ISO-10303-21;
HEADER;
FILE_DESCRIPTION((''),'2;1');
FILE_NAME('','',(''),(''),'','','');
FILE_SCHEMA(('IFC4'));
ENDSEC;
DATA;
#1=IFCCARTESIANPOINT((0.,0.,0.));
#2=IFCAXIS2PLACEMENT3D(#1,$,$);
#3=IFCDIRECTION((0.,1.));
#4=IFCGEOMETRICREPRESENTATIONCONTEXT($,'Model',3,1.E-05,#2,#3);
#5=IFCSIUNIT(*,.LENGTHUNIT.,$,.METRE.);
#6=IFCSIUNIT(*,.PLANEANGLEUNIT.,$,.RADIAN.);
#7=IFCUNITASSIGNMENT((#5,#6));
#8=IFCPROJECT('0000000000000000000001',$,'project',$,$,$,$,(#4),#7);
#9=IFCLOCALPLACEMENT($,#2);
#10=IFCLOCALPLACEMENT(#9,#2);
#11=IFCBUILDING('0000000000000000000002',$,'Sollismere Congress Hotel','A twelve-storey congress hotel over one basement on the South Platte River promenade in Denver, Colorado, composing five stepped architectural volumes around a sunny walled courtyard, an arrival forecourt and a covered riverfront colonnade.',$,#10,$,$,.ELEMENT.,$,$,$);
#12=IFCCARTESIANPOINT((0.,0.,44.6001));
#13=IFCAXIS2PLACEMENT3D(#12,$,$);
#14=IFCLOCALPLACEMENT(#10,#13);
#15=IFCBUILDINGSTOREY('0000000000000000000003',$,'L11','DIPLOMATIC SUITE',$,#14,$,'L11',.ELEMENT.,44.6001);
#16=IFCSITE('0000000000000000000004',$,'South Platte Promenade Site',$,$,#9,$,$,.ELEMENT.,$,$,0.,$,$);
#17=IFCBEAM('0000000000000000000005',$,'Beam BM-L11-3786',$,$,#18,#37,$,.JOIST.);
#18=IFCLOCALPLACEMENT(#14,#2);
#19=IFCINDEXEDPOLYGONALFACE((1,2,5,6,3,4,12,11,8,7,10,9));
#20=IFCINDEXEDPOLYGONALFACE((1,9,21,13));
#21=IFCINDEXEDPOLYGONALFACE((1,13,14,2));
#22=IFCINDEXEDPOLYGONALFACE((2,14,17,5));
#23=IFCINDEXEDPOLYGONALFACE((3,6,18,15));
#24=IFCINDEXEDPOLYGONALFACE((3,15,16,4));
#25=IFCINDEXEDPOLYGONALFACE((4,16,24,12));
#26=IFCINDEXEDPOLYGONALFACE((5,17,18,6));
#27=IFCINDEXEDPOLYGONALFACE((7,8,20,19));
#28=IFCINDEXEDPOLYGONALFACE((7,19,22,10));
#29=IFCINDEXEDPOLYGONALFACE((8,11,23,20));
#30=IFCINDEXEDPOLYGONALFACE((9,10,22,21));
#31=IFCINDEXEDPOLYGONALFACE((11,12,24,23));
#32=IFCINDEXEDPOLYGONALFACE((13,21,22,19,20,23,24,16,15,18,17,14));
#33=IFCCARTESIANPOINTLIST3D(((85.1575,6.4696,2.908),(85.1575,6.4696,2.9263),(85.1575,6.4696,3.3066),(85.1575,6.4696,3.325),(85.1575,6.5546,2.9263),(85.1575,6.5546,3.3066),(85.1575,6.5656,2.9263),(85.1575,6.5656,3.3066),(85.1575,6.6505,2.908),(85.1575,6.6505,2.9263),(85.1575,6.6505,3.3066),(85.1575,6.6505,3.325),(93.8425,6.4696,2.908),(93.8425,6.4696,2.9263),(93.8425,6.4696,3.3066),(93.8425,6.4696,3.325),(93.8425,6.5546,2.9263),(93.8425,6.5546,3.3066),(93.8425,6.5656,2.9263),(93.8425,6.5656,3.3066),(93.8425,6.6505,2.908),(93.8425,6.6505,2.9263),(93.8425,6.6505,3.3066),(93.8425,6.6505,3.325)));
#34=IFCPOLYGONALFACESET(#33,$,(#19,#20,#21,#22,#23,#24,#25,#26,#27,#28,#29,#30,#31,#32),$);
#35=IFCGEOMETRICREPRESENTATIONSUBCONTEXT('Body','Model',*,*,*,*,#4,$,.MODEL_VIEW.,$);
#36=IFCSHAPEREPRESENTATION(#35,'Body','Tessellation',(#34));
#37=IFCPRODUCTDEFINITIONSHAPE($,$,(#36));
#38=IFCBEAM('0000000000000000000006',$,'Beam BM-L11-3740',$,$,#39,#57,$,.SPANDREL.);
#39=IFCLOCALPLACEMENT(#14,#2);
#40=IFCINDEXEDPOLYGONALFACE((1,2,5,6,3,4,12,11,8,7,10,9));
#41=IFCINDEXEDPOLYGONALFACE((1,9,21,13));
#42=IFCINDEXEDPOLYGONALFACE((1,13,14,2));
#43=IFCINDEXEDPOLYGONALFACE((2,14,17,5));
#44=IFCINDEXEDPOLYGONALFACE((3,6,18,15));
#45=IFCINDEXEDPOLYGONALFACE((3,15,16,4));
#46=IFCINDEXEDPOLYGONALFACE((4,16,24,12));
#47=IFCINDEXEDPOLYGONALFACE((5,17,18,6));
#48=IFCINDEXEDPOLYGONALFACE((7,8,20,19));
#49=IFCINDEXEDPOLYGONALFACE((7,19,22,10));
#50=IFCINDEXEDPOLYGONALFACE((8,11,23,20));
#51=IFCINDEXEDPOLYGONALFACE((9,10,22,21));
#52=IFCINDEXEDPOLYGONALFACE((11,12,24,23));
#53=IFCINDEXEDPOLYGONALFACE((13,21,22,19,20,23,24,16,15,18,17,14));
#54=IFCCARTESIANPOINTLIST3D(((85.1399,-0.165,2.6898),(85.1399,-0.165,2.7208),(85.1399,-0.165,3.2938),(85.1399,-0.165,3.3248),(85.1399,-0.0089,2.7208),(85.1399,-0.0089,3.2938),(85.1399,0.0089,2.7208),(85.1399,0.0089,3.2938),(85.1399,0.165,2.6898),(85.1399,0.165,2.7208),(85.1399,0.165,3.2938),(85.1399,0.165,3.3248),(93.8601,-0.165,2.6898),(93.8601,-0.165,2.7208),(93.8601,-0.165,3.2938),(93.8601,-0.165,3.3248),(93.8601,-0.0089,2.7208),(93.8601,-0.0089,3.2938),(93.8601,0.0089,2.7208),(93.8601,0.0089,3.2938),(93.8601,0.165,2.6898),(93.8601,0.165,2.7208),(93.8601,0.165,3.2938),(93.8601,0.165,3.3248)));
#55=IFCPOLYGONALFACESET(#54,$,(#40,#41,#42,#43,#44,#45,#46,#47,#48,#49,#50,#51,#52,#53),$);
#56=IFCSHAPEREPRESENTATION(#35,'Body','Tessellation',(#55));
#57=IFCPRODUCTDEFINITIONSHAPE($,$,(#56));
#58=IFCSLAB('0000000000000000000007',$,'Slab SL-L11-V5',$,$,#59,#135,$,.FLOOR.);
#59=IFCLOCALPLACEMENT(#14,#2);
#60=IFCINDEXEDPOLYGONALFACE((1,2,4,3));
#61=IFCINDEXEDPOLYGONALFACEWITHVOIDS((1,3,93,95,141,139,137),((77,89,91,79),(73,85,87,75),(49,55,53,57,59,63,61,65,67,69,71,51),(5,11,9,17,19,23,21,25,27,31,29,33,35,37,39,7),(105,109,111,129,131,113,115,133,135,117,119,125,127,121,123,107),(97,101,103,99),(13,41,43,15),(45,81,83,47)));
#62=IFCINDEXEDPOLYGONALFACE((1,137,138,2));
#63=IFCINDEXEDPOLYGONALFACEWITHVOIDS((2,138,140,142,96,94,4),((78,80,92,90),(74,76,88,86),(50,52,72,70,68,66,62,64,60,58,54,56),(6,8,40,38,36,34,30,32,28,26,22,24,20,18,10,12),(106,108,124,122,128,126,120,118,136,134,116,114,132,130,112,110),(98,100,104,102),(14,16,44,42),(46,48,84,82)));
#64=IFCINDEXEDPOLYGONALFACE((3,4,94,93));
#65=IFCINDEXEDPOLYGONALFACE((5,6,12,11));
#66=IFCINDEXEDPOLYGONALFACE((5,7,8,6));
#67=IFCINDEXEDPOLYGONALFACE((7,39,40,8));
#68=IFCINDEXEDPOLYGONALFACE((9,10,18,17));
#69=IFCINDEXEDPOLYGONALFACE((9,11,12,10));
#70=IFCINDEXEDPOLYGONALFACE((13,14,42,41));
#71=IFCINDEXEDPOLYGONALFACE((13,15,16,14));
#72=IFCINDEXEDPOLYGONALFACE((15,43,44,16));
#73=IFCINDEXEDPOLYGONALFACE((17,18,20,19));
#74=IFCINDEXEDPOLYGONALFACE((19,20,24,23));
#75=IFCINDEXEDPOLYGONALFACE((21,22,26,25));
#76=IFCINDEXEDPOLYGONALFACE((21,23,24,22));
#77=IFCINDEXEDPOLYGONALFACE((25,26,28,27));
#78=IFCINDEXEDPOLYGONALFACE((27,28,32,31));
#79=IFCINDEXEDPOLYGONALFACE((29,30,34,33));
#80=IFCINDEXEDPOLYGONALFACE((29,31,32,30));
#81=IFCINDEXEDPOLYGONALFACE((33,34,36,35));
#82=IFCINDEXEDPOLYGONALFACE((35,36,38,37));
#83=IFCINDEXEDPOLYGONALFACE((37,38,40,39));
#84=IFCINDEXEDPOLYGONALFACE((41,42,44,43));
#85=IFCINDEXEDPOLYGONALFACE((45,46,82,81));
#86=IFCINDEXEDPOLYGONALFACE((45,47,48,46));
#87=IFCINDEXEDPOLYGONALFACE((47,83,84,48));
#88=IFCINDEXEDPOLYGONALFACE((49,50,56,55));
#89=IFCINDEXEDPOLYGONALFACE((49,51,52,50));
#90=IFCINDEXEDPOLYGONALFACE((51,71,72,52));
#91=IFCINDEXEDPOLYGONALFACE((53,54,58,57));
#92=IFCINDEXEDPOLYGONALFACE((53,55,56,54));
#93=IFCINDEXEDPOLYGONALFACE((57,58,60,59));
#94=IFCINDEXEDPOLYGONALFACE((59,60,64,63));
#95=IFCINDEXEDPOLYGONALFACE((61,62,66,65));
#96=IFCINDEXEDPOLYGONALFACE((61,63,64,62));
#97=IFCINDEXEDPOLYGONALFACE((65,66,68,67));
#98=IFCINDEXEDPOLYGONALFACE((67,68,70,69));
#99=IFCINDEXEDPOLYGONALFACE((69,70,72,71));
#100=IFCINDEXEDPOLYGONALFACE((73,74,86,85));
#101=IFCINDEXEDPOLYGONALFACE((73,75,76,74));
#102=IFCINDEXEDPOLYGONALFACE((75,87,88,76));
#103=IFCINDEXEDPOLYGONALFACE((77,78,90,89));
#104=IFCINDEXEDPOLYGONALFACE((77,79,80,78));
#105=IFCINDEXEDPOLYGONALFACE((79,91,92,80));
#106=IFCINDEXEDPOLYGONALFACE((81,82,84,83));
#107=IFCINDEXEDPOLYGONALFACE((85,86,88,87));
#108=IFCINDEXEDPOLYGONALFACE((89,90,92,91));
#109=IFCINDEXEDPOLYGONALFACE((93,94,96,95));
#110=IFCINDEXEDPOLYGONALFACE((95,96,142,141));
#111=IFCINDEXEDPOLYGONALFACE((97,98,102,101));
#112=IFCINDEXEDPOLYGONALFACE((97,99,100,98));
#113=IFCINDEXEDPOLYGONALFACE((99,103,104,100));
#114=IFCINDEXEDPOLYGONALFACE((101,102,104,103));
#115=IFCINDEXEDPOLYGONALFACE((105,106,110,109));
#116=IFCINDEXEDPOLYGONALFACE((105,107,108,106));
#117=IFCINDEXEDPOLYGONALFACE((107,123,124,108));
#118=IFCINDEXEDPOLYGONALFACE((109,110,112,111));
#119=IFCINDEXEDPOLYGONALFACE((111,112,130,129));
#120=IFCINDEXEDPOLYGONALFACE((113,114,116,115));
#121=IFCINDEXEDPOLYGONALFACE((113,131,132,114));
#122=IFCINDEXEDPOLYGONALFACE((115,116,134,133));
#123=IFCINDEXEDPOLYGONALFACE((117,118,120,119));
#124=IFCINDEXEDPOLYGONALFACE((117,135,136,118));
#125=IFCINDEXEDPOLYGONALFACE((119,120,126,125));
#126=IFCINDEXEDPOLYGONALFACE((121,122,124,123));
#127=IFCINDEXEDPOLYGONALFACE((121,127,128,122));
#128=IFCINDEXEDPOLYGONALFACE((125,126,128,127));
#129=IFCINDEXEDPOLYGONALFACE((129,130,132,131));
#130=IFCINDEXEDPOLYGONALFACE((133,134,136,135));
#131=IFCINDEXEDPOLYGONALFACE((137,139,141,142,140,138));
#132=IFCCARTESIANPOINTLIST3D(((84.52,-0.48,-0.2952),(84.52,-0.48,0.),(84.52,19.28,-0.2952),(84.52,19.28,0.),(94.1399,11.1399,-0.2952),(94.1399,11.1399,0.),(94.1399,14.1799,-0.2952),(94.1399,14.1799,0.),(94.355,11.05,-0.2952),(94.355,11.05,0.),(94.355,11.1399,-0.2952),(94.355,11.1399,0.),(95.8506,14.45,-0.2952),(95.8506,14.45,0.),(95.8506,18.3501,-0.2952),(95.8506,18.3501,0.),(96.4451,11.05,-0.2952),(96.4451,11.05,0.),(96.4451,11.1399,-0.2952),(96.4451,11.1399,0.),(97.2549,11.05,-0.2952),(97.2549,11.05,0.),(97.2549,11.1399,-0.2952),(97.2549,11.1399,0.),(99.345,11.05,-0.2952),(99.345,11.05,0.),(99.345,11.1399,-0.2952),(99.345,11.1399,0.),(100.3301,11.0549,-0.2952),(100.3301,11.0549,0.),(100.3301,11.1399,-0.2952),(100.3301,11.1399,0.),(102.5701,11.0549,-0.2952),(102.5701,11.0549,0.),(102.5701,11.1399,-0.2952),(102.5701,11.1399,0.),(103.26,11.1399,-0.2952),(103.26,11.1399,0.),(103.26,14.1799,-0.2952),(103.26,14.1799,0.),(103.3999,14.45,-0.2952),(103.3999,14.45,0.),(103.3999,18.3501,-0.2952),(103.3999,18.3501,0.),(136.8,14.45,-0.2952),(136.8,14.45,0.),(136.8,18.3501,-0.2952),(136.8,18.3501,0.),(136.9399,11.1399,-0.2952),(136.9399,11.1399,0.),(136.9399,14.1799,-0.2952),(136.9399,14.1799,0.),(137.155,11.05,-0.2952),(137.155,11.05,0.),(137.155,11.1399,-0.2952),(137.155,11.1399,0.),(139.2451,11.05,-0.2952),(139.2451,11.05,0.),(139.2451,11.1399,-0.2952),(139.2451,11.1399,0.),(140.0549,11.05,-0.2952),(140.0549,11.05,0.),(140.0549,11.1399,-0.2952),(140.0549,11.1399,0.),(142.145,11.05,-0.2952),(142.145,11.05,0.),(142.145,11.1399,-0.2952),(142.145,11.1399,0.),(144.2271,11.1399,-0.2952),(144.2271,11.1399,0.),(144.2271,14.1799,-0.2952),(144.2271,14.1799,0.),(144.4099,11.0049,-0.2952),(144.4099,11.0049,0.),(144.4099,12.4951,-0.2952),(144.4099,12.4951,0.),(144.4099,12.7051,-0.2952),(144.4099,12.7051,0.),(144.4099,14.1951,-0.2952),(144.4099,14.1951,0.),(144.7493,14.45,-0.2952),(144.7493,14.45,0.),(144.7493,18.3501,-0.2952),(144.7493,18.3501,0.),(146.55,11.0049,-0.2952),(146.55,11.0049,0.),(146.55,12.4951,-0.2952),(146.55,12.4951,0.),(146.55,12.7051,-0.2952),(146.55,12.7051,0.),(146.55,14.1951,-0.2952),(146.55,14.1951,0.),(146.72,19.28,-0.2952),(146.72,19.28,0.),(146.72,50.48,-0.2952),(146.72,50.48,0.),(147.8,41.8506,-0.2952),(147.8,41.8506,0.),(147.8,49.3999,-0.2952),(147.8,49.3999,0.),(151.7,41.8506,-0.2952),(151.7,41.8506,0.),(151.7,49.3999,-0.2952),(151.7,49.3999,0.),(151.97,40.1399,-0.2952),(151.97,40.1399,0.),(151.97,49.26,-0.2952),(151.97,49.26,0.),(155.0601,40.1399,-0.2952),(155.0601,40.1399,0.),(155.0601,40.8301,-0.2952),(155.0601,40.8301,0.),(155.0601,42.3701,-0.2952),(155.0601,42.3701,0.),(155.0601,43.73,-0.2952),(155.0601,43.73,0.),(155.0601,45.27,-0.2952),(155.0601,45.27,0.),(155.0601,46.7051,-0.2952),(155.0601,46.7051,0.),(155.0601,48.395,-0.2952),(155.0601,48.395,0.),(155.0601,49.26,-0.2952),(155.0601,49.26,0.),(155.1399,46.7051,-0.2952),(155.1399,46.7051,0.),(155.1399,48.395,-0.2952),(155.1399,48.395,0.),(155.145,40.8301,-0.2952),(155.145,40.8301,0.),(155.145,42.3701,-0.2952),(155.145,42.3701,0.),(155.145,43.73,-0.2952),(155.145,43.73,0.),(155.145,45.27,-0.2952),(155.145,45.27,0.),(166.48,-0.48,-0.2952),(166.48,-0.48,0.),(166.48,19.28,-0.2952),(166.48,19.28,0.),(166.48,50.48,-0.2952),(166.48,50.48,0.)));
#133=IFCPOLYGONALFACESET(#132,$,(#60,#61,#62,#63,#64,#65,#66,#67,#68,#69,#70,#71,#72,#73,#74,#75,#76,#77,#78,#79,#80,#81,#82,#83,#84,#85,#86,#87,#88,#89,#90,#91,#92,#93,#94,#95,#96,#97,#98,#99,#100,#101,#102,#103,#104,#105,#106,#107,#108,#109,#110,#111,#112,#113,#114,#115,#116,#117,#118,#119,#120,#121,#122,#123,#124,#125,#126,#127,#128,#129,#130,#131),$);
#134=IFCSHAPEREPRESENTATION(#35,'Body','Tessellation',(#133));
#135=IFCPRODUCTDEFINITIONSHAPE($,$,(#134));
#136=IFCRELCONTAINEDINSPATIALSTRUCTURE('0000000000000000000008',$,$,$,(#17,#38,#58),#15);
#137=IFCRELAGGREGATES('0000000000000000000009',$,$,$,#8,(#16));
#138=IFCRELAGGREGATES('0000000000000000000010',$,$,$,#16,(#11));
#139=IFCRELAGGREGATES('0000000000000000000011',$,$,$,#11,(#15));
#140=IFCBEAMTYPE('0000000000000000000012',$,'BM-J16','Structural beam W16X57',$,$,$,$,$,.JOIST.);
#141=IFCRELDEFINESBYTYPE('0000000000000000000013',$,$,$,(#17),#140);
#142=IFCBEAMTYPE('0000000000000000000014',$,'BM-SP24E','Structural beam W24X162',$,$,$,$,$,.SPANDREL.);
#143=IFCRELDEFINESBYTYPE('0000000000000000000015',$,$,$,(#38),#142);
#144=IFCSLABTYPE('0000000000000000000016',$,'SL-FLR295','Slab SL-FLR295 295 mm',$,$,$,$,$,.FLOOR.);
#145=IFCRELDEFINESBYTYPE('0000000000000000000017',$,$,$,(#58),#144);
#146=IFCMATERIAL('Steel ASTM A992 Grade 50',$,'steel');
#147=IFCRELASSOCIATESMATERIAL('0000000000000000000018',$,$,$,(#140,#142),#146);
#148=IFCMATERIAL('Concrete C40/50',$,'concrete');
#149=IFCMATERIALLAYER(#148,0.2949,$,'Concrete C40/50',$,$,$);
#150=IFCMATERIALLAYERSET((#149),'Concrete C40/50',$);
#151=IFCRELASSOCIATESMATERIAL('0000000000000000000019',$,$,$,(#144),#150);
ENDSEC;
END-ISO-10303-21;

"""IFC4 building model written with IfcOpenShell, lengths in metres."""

from ifc_helpers import new_model, si_unit, direction, frame, origin, origin_2d, place, context, subcontext, project, spatial, polyline, i_section, outline, extrude, material, layer, layer_set, material_profile, profile_set, type_object, element, save


model = new_model("IFC4")

# Units and contexts
model_context = context("Model", 3, precision=1e-05, world=origin(), true_north=direction((0.0, 1.0)))
body_context = subcontext(model_context, "Body", "Model", "MODEL_VIEW")
ifc_project = project(units=[si_unit("LENGTHUNIT", "METRE"), si_unit("PLANEANGLEUNIT", "RADIAN")], contexts=[model_context])

# Site, building, storey
site_placement = place(None, origin())
site = spatial("IfcSite", under=ifc_project, at=site_placement, Name="South Platte Promenade Site", CompositionType="ELEMENT", RefElevation=0.0)
building_placement = place(site_placement, origin())
building = spatial("IfcBuilding", under=site, at=building_placement, Name="Sollismere Congress Hotel", Description="A twelve-storey congress hotel over one basement on the South Platte River promenade in Denver, Colorado, composing five stepped architectural volumes around a sunny walled courtyard, an arrival forecourt and a covered riverfront colonnade.", CompositionType="ELEMENT")
storey_placement = place(building_placement, frame((0.0, 0.0, 44.6001)))
storey = spatial("IfcBuildingStorey", under=building, at=storey_placement, Name="L11", Description="DIPLOMATIC SUITE", LongName="L11", CompositionType="ELEMENT", Elevation=44.6001)

# Shared definitions
ifc_material_1 = material(Name="Steel ASTM A992 Grade 50", Category="steel")

# Beams
ifc_material_profile_1 = material_profile(ifc_material_1, i_section(OverallWidth=0.1809, OverallDepth=0.417, WebThickness=0.011, FlangeThickness=0.0183, at=origin_2d()), Name="W16X57")
ifc_profile_set_1 = profile_set([ifc_material_profile_1], Name="Steel ASTM A992 Grade 50")
beam_type_1 = type_object("IfcBeamType", Name="BM-J16", Description="Structural beam W16X57", PredefinedType="JOIST", material=ifc_profile_set_1)
for number, where, z_axis, x_axis, name in (
    (1, (85.1575, 6.5601, 3.1165), (1.0, 0.0, 0.0), (0.0, 1.0, 0.0), "Beam BM-L11-3786"),
):
    element("IfcBeam", number, at=place(storey_placement, frame(where, z_axis=z_axis, x_axis=x_axis)), inside=storey, type_object=beam_type_1, Name=name, PredefinedType="JOIST", context=body_context, shape_type="SweptSolid", body=[
        extrude(i_section(OverallWidth=0.1809, OverallDepth=0.417, WebThickness=0.011, FlangeThickness=0.0183, at=origin_2d()), origin(), (0.0, 0.0, 1.0), 8.6851),
    ])
ifc_material_profile_2 = material_profile(ifc_material_1, i_section(OverallWidth=0.3301, OverallDepth=0.635, WebThickness=0.0178, FlangeThickness=0.031, at=origin_2d()), Name="W24X162")
ifc_profile_set_2 = profile_set([ifc_material_profile_2], Name="Steel ASTM A992 Grade 50")
beam_type_2 = type_object("IfcBeamType", Name="BM-SP24E", Description="Structural beam W24X162", PredefinedType="SPANDREL", material=ifc_profile_set_2)
beam_1_placement = place(storey_placement, frame((85.1399, 0.0, 3.0073), z_axis=(1.0, 0.0, 0.0), x_axis=(0.0, 1.0, 0.0)))
element("IfcBeam", 2, at=beam_1_placement, inside=storey, type_object=beam_type_2, Name="Beam BM-L11-3740", PredefinedType="SPANDREL", context=body_context, shape_type="SweptSolid", body=[
    extrude(i_section(OverallWidth=0.3301, OverallDepth=0.635, WebThickness=0.0178, FlangeThickness=0.031, at=origin_2d()), origin(), (0.0, 0.0, 1.0), 8.7202),
])

# Slab
ifc_material_2 = material(Name="Concrete C40/50", Category="concrete")
ifc_layer_1 = layer(ifc_material_2, 0.2949, Name="Concrete C40/50")
ifc_layer_set_1 = layer_set([ifc_layer_1], Name="Concrete C40/50")
slab_type = type_object("IfcSlabType", Name="SL-FLR295", Description="Slab SL-FLR295 295 mm", PredefinedType="FLOOR", material=ifc_layer_set_1)
slab_placement = place(storey_placement, frame((0.0, 0.0, -0.2952)))
element("IfcSlab", 3, at=slab_placement, inside=storey, type_object=slab_type, Name="Slab SL-L11-V5", PredefinedType="FLOOR", context=body_context, shape_type="SweptSolid", body=[
    extrude(outline(polyline([(166.48, -0.48), (166.48, 19.28), (166.48, 50.48), (146.72, 50.48), (146.72, 19.28), (84.52, 19.28), (84.52, -0.48), (166.48, -0.48)]), holes=[polyline([(94.355, 11.05), (94.355, 11.1399), (94.1399, 11.1399), (94.1399, 14.1799), (103.26, 14.1799), (103.26, 11.1399), (102.5701, 11.1399), (102.5701, 11.0549), (100.3301, 11.0549), (100.3301, 11.1399), (99.345, 11.1399), (99.345, 11.05), (97.2549, 11.05), (97.2549, 11.1399), (96.4451, 11.1399), (96.4451, 11.05), (94.355, 11.05)]), polyline([(137.155, 11.05), (137.155, 11.1399), (136.9399, 11.1399), (136.9399, 14.1799), (144.2271, 14.1799), (144.2271, 11.1399), (142.145, 11.1399), (142.145, 11.05), (140.0549, 11.05), (140.0549, 11.1399), (139.2451, 11.1399), (139.2451, 11.05), (137.155, 11.05)]), polyline([(95.8506, 14.45), (95.8506, 18.3501), (103.3999, 18.3501), (103.3999, 14.45), (95.8506, 14.45)]), polyline([(144.7493, 18.3501), (144.7493, 14.45), (136.8, 14.45), (136.8, 18.3501), (144.7493, 18.3501)]), polyline([(146.55, 11.0049), (144.4099, 11.0049), (144.4099, 12.4951), (146.55, 12.4951), (146.55, 11.0049)]), polyline([(146.55, 12.7051), (144.4099, 12.7051), (144.4099, 14.1951), (146.55, 14.1951), (146.55, 12.7051)]), polyline([(155.145, 40.8301), (155.0601, 40.8301), (155.0601, 40.1399), (151.97, 40.1399), (151.97, 49.26), (155.0601, 49.26), (155.0601, 48.395), (155.1399, 48.395), (155.1399, 46.7051), (155.0601, 46.7051), (155.0601, 45.27), (155.145, 45.27), (155.145, 43.73), (155.0601, 43.73), (155.0601, 42.3701), (155.145, 42.3701), (155.145, 40.8301)]), polyline([(151.7, 41.8506), (147.8, 41.8506), (147.8, 49.3999), (151.7, 49.3999), (151.7, 41.8506)])]), origin(), (0.0, 0.0, 1.0), 0.2952),
])

save(model, "model.ifc")
